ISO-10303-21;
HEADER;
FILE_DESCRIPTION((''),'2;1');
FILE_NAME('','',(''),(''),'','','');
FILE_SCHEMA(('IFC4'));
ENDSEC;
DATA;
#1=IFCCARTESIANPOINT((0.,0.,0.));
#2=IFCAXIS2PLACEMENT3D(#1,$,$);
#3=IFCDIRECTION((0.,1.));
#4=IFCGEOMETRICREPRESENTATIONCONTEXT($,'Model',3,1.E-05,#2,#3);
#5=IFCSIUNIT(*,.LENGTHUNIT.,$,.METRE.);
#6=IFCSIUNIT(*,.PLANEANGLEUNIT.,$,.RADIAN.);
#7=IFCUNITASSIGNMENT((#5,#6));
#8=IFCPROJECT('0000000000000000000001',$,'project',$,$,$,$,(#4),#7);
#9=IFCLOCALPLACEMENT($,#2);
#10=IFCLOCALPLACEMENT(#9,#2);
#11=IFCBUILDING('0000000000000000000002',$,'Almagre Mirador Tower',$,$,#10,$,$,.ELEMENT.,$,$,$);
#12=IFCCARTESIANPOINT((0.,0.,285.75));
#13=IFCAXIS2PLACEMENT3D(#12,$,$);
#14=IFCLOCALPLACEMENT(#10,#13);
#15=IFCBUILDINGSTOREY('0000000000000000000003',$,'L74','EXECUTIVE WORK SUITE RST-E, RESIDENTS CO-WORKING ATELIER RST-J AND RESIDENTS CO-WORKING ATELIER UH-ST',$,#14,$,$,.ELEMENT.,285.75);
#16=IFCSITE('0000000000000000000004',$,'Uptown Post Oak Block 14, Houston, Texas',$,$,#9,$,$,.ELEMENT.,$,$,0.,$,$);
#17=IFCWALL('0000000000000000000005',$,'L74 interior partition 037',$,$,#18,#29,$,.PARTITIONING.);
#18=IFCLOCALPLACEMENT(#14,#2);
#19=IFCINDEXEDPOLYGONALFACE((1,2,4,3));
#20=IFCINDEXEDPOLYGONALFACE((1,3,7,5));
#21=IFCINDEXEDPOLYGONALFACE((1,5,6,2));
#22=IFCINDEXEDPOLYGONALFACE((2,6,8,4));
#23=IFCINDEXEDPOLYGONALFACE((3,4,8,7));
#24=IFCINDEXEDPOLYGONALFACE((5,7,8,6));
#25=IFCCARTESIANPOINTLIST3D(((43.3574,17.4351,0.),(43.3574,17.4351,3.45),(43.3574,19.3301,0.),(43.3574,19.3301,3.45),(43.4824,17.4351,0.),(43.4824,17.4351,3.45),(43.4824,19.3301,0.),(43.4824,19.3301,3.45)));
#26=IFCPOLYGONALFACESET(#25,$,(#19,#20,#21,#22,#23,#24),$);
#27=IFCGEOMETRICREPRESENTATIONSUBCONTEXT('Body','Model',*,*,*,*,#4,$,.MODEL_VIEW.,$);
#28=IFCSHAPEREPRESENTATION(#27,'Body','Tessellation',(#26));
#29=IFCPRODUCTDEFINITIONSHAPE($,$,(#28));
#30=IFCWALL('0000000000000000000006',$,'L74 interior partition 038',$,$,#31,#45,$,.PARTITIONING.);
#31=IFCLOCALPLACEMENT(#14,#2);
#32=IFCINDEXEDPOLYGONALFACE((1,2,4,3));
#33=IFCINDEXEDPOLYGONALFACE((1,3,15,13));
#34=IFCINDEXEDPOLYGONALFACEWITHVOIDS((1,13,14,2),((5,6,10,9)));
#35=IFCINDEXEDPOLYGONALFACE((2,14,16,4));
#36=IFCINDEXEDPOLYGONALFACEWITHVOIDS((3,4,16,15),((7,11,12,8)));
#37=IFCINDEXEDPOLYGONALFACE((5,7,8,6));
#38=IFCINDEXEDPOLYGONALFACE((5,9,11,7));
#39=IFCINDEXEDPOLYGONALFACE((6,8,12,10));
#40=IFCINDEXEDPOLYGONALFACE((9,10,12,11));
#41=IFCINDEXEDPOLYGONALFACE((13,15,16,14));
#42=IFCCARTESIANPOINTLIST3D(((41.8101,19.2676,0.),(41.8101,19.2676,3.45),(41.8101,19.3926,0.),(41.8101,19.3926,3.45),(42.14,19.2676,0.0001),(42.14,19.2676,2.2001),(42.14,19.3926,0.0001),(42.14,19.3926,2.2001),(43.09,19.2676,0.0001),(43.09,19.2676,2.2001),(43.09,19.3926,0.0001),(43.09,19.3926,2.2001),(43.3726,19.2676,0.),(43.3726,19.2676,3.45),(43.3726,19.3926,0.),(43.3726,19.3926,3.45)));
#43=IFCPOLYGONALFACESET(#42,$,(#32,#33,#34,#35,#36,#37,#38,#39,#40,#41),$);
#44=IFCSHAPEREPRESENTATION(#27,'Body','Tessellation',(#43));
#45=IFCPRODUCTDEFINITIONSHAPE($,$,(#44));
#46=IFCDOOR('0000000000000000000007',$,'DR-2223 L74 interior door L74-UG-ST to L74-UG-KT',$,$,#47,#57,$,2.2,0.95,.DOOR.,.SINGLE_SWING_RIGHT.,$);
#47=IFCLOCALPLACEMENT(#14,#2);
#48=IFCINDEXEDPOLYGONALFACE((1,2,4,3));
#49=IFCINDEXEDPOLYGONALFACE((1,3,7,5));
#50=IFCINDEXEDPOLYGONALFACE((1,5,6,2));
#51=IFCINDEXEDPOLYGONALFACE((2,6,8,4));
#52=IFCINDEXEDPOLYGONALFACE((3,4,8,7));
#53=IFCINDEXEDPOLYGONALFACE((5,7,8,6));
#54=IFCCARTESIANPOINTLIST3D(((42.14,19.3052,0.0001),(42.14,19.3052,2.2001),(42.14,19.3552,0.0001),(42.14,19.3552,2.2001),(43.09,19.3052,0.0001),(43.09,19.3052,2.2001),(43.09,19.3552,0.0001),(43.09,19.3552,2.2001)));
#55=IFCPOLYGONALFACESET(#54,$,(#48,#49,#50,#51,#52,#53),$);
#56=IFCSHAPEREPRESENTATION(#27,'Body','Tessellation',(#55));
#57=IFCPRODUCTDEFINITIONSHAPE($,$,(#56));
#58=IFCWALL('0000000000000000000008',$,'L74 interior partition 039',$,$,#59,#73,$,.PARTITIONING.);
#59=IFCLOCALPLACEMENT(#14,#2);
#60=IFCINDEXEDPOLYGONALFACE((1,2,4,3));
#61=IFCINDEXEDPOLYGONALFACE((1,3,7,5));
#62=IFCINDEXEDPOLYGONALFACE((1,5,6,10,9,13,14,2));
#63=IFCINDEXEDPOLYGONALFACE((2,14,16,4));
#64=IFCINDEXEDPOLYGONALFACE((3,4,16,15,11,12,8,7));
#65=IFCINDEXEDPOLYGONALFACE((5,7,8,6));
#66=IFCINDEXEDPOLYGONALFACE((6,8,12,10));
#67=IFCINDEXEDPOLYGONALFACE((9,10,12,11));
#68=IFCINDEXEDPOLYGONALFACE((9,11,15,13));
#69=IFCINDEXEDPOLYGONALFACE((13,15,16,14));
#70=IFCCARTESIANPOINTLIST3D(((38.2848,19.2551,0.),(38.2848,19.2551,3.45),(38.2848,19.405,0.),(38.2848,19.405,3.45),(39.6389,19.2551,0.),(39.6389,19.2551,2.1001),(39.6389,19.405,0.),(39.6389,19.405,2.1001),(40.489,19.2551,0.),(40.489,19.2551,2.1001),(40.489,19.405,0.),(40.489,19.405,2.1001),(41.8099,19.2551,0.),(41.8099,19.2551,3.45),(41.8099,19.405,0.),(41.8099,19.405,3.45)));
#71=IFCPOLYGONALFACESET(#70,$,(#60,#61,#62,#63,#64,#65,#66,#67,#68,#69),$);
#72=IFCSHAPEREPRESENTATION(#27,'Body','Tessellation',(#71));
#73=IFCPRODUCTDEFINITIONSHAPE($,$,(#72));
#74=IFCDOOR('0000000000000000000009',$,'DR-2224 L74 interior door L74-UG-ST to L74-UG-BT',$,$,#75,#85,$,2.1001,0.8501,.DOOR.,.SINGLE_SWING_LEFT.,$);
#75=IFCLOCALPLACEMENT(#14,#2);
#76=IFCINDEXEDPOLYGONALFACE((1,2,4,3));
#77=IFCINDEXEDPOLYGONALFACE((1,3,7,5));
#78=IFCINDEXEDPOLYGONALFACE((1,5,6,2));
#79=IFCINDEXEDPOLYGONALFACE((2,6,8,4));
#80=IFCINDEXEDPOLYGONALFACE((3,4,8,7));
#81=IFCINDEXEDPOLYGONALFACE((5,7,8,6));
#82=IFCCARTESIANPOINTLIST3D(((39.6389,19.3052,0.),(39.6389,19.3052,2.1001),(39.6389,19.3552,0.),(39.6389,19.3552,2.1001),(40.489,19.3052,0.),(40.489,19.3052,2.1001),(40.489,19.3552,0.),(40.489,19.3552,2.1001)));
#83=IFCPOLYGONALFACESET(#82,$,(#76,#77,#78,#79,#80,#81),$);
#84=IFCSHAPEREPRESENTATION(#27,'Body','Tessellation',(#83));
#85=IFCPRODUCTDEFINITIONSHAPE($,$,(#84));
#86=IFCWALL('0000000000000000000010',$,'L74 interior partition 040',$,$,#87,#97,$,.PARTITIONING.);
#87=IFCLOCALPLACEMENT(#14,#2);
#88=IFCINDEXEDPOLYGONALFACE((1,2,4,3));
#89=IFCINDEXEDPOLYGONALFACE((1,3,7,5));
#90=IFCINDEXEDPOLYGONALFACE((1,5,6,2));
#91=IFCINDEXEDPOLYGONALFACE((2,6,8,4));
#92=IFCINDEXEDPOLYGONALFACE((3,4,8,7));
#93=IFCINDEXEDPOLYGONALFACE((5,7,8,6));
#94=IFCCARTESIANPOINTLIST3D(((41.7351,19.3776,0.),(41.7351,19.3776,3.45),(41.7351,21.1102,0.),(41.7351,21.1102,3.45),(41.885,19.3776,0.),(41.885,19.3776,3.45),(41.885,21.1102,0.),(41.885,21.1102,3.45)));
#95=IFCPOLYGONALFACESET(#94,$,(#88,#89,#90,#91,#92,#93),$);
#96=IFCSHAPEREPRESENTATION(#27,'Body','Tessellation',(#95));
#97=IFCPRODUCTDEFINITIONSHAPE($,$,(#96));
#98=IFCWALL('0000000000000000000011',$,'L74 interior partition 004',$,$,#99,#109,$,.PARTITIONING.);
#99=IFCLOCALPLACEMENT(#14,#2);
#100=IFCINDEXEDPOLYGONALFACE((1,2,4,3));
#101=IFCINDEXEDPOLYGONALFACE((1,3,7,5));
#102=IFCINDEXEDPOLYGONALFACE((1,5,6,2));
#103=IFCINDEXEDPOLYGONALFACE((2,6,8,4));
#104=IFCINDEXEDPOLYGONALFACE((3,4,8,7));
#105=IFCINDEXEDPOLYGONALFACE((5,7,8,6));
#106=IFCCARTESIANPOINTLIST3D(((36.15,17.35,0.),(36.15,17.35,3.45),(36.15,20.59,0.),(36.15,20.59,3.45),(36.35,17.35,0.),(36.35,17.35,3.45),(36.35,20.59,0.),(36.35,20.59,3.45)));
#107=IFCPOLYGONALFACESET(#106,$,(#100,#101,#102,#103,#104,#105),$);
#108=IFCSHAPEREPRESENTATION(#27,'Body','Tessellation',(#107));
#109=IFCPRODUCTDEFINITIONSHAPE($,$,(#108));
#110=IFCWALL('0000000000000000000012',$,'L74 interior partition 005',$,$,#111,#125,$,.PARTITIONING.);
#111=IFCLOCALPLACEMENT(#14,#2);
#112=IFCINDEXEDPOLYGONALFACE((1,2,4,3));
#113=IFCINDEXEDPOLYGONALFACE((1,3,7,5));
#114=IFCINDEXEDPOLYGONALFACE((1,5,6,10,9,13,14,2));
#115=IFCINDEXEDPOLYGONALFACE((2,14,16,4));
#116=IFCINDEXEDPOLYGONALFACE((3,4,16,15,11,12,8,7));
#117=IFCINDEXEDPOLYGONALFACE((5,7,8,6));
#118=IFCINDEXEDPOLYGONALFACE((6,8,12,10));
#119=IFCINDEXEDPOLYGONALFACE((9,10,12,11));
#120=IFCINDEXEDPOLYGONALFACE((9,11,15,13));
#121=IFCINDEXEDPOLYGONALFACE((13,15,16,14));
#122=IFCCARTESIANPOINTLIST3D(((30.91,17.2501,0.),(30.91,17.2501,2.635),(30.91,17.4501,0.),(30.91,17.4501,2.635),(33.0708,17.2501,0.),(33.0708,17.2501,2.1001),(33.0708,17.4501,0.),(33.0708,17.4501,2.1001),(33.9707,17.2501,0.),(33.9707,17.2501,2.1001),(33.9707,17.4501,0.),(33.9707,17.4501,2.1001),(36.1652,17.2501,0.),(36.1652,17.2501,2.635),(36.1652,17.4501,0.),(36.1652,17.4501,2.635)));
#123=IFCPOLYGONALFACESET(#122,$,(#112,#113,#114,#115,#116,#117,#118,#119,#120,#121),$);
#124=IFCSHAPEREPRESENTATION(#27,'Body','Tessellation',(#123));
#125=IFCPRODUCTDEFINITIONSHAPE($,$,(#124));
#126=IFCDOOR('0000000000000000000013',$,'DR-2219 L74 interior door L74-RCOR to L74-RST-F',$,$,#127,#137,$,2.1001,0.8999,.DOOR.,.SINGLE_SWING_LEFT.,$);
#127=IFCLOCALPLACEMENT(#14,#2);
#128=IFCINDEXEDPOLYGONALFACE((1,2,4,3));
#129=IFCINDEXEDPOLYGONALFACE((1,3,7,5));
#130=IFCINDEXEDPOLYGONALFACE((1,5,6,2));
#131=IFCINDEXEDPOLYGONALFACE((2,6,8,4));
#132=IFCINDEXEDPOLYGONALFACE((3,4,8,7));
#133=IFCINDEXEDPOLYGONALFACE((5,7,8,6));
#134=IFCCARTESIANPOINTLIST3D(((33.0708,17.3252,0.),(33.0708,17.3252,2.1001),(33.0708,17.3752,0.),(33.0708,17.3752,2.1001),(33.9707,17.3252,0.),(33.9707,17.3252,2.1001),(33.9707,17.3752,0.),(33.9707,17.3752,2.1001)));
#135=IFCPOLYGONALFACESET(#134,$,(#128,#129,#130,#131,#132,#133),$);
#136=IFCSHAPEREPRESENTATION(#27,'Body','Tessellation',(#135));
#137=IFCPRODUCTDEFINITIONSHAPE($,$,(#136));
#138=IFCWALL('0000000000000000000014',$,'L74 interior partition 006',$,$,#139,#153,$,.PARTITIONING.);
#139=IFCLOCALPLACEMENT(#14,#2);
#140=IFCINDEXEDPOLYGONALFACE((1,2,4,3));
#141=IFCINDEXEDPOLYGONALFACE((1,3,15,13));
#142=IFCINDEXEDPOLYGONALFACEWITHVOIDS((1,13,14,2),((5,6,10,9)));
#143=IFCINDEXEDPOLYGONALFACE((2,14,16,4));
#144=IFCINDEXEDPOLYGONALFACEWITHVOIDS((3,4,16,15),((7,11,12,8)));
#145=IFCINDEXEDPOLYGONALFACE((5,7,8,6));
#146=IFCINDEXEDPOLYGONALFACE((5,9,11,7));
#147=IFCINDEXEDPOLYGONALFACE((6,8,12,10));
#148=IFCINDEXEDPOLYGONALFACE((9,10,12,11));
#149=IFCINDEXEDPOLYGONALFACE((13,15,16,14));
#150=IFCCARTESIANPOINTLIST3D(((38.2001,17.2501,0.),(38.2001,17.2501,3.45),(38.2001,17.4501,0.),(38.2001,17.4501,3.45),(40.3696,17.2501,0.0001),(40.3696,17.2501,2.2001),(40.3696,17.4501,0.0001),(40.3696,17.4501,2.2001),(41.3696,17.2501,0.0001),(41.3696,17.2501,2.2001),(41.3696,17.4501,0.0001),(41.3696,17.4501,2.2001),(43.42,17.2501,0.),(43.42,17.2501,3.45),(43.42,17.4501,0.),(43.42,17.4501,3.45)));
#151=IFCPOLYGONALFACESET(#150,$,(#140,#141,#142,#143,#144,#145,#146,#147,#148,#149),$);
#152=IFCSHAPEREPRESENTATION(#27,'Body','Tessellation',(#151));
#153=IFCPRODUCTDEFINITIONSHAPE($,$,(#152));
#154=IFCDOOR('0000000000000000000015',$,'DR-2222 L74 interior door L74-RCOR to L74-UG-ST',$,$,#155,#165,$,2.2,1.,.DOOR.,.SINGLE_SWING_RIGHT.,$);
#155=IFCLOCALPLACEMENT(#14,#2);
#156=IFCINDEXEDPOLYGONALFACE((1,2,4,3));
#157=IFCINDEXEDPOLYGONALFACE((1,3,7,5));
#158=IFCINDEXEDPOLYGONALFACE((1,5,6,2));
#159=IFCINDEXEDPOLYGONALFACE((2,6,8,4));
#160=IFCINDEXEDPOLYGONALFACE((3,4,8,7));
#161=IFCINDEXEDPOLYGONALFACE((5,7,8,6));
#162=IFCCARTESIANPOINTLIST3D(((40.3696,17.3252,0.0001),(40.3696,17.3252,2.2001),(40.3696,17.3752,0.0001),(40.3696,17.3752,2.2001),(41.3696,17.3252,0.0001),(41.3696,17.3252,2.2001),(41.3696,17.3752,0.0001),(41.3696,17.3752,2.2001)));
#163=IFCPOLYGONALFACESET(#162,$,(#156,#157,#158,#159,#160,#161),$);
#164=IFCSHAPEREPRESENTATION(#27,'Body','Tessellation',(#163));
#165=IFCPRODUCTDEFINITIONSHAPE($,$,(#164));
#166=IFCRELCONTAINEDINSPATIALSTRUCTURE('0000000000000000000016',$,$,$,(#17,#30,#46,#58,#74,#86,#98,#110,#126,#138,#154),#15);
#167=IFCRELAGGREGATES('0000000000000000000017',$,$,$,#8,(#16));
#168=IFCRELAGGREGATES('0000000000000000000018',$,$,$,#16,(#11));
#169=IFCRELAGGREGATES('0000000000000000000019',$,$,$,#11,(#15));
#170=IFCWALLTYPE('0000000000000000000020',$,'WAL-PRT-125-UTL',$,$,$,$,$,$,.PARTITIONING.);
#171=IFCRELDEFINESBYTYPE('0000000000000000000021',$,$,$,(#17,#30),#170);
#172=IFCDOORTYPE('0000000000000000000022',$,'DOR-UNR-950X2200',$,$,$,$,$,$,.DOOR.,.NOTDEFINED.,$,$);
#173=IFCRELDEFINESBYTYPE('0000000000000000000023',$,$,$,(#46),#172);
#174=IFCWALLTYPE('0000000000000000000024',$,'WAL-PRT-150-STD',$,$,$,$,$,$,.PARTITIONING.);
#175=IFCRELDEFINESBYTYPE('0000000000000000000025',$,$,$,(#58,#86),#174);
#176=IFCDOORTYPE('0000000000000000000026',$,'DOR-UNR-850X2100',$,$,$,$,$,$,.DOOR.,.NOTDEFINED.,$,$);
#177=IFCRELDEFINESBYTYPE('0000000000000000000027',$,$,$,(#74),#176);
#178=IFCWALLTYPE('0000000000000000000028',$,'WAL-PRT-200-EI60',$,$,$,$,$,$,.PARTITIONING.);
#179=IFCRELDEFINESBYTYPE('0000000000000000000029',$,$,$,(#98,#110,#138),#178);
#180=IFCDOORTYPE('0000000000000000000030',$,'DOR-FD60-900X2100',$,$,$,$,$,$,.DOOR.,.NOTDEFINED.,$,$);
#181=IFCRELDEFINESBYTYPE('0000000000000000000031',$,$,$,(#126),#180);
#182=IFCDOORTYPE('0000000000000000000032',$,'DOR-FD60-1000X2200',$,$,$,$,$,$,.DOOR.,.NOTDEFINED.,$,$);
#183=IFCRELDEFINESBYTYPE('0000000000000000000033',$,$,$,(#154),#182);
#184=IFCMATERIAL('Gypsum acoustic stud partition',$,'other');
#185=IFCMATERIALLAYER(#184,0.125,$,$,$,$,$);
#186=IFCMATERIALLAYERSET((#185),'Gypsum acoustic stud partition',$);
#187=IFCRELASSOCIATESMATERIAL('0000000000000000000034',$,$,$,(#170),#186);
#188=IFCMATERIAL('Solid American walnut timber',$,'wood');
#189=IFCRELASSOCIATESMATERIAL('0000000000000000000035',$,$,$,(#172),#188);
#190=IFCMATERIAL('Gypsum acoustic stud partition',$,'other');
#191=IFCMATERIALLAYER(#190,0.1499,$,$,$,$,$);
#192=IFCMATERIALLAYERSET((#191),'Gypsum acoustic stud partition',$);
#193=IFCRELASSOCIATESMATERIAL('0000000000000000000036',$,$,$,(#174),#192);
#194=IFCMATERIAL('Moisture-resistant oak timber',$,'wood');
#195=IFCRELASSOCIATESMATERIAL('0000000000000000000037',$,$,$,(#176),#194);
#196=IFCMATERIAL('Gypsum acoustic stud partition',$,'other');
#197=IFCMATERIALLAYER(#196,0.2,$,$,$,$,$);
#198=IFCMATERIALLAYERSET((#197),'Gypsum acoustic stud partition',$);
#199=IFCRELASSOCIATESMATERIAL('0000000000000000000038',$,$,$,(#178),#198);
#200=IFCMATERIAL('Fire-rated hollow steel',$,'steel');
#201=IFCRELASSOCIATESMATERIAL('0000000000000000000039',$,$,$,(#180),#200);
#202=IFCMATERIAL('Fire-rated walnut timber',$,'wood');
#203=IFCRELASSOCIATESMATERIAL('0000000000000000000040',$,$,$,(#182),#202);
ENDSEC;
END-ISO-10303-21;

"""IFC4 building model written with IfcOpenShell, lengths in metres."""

from ifc_helpers import new_model, si_unit, direction, frame, frame_2d, origin, place, context, subcontext, project, spatial, rectangle, extrude, material, layer, layer_set, type_object, element, fill, save


model = new_model("IFC4")

# Units and contexts
model_context = context("Model", 3, precision=1e-05, world=origin(), true_north=direction((0.0, 1.0)))
body_context = subcontext(model_context, "Body", "Model", "MODEL_VIEW")
ifc_project = project(units=[si_unit("LENGTHUNIT", "METRE"), si_unit("PLANEANGLEUNIT", "RADIAN")], contexts=[model_context])

# Site, building, storey
site_placement = place(None, origin())
site = spatial("IfcSite", under=ifc_project, at=site_placement, Name="Uptown Post Oak Block 14, Houston, Texas", CompositionType="ELEMENT", RefElevation=0.0)
building_placement = place(site_placement, origin())
building = spatial("IfcBuilding", under=site, at=building_placement, Name="Almagre Mirador Tower", CompositionType="ELEMENT")
storey_placement = place(building_placement, frame((0.0, 0.0, 285.75)))
storey = spatial("IfcBuildingStorey", under=building, at=storey_placement, Name="L74", Description="EXECUTIVE WORK SUITE RST-E, RESIDENTS CO-WORKING ATELIER RST-J AND RESIDENTS CO-WORKING ATELIER UH-ST", CompositionType="ELEMENT", Elevation=285.75)

# Wall
ifc_material_1 = material(Name="Gypsum acoustic stud partition", Category="other")
ifc_layer_1 = layer(ifc_material_1, 0.125)
ifc_layer_set_1 = layer_set([ifc_layer_1], Name="Gypsum acoustic stud partition")
wall_type_1 = type_object("IfcWallType", Name="WAL-PRT-125-UTL", PredefinedType="PARTITIONING", material=ifc_layer_set_1)
wall_1_placement = place(storey_placement, frame((43.4199, 17.4351, 0.0), z_axis=(0.0, 0.0, 1.0), x_axis=(0.0, 1.0, 0.0)))
element("IfcWall", 1, at=wall_1_placement, inside=storey, type_object=wall_type_1, Name="L74 interior partition 037", PredefinedType="PARTITIONING", context=body_context, shape_type="SweptSolid", body=[
    extrude(rectangle(XDim=1.895, YDim=0.125, at=frame_2d((0.9475, 0.0))), origin(), (0.0, 0.0, 1.0), 3.45),
])

# Walls, openings, doors
wall_2_placement = place(storey_placement, frame((43.3726, 19.3301, 0.0), z_axis=(0.0, 0.0, 1.0), x_axis=(-1.0, 0.0, 0.0)))
wall_2 = element("IfcWall", 2, at=wall_2_placement, inside=storey, type_object=wall_type_1, Name="L74 interior partition 038", PredefinedType="PARTITIONING", context=body_context, shape_type="SweptSolid", body=[
    extrude(rectangle(XDim=1.5625, YDim=0.125, at=frame_2d((0.7812, 0.0))), origin(), (0.0, 0.0, 1.0), 3.45),
])
opening_1_placement = place(wall_2_placement, frame((0.2825, 0.0, 0.0)))
opening_1 = element("IfcOpeningElement", 3, at=opening_1_placement, cuts=wall_2, PredefinedType="OPENING", context=body_context, shape_type="SweptSolid", body=[
    extrude(rectangle(XDim=0.95, YDim=2.2, at=frame_2d((0.4751, 1.1001))), frame((0.0, 0.0725, 0.0), z_axis=(0.0, -1.0, 0.0), x_axis=(1.0, 0.0, 0.0)), (0.0, 0.0, 1.0), 0.145),
])
ifc_material_2 = material(Name="Solid American walnut timber", Category="wood")
door_type_1 = type_object("IfcDoorType", Name="DOR-UNR-950X2200", OperationType="NOTDEFINED", PredefinedType="DOOR", material=ifc_material_2)
door_1_placement = place(opening_1_placement, origin())
door_1 = element("IfcDoor", 4, at=door_1_placement, inside=storey, type_object=door_type_1, Name="DR-2223 L74 interior door L74-UG-ST to L74-UG-KT", OperationType="SINGLE_SWING_RIGHT", OverallHeight=2.2, OverallWidth=0.95, PredefinedType="DOOR", context=body_context, shape_type="SweptSolid", body=[
    extrude(rectangle(XDim=0.95, YDim=2.2, at=frame_2d((0.4751, 1.1001))), frame((0.0, 0.0249, 0.0), z_axis=(0.0, -1.0, 0.0), x_axis=(1.0, 0.0, 0.0)), (0.0, 0.0, 1.0), 0.05),
])
fill(opening_1, door_1)
ifc_material_3 = material(Name="Gypsum acoustic stud partition", Category="other")
ifc_layer_2 = layer(ifc_material_3, 0.1499)
ifc_layer_set_2 = layer_set([ifc_layer_2], Name="Gypsum acoustic stud partition")
wall_type_2 = type_object("IfcWallType", Name="WAL-PRT-150-STD", PredefinedType="PARTITIONING", material=ifc_layer_set_2)
wall_3_placement = place(storey_placement, frame((41.8101, 19.3301, 0.0), z_axis=(0.0, 0.0, 1.0), x_axis=(-1.0, 0.0, 0.0)))
wall_3 = element("IfcWall", 5, at=wall_3_placement, inside=storey, type_object=wall_type_2, Name="L74 interior partition 039", PredefinedType="PARTITIONING", context=body_context, shape_type="SweptSolid", body=[
    extrude(rectangle(XDim=3.5251, YDim=0.1499, at=frame_2d((1.7627, 0.0))), origin(), (0.0, 0.0, 1.0), 3.45),
])
opening_2_placement = place(wall_3_placement, frame((1.321, 0.0, 0.0)))
opening_2 = element("IfcOpeningElement", 6, at=opening_2_placement, cuts=wall_3, PredefinedType="OPENING", context=body_context, shape_type="SweptSolid", body=[
    extrude(rectangle(XDim=0.8501, YDim=2.1001, at=frame_2d((0.425, 1.05))), frame((0.0, 0.085, 0.0), z_axis=(0.0, -1.0, 0.0), x_axis=(1.0, 0.0, 0.0)), (0.0, 0.0, 1.0), 0.1699),
])
ifc_material_4 = material(Name="Moisture-resistant oak timber", Category="wood")
door_type_2 = type_object("IfcDoorType", Name="DOR-UNR-850X2100", OperationType="NOTDEFINED", PredefinedType="DOOR", material=ifc_material_4)
door_2_placement = place(opening_2_placement, origin())
door_2 = element("IfcDoor", 7, at=door_2_placement, inside=storey, type_object=door_type_2, Name="DR-2224 L74 interior door L74-UG-ST to L74-UG-BT", OperationType="SINGLE_SWING_LEFT", OverallHeight=2.1001, OverallWidth=0.8501, PredefinedType="DOOR", context=body_context, shape_type="SweptSolid", body=[
    extrude(rectangle(XDim=0.8501, YDim=2.1001, at=frame_2d((0.425, 1.05))), frame((0.0, 0.0249, 0.0), z_axis=(0.0, -1.0, 0.0), x_axis=(1.0, 0.0, 0.0)), (0.0, 0.0, 1.0), 0.05),
])
fill(opening_2, door_2)

# Walls
wall_4_placement = place(storey_placement, frame((41.8101, 21.1101, 0.0), z_axis=(0.0, 0.0, 1.0), x_axis=(0.0, -1.0, 0.0)))
element("IfcWall", 8, at=wall_4_placement, inside=storey, type_object=wall_type_2, Name="L74 interior partition 040", PredefinedType="PARTITIONING", context=body_context, shape_type="SweptSolid", body=[
    extrude(rectangle(XDim=1.7327, YDim=0.1499, at=frame_2d((0.8662, 0.0))), origin(), (0.0, 0.0, 1.0), 3.45),
])
ifc_material_5 = material(Name="Gypsum acoustic stud partition", Category="other")
ifc_layer_3 = layer(ifc_material_5, 0.2)
ifc_layer_set_3 = layer_set([ifc_layer_3], Name="Gypsum acoustic stud partition")
wall_type_3 = type_object("IfcWallType", Name="WAL-PRT-200-EI60", PredefinedType="PARTITIONING", material=ifc_layer_set_3)
wall_5_placement = place(storey_placement, frame((36.25, 20.5901, 0.0), z_axis=(0.0, 0.0, 1.0), x_axis=(0.0, -1.0, 0.0)))
element("IfcWall", 9, at=wall_5_placement, inside=storey, type_object=wall_type_3, Name="L74 interior partition 004", PredefinedType="PARTITIONING", context=body_context, shape_type="SweptSolid", body=[
    extrude(rectangle(XDim=3.24, YDim=0.2, at=frame_2d((1.6201, 0.0))), origin(), (0.0, 0.0, 1.0), 3.45),
])

# Walls, openings, doors
wall_6_placement = place(storey_placement, frame((36.165, 17.3501, 0.0), z_axis=(0.0, 0.0, 1.0), x_axis=(-1.0, 0.0, 0.0)))
wall_6 = element("IfcWall", 10, at=wall_6_placement, inside=storey, type_object=wall_type_3, Name="L74 interior partition 005", PredefinedType="PARTITIONING", context=body_context, shape_type="SweptSolid", body=[
    extrude(rectangle(XDim=5.2551, YDim=0.2, at=frame_2d((2.6274, 0.0))), origin(), (0.0, 0.0, 1.0), 2.635),
])
opening_3_placement = place(wall_6_placement, frame((2.1943, 0.0, 0.0)))
opening_3 = element("IfcOpeningElement", 11, at=opening_3_placement, cuts=wall_6, PredefinedType="OPENING", context=body_context, shape_type="SweptSolid", body=[
    extrude(rectangle(XDim=0.8999, YDim=2.1001, at=frame_2d((0.45, 1.05))), frame((0.0, 0.1101, 0.0), z_axis=(0.0, -1.0, 0.0), x_axis=(1.0, 0.0, 0.0)), (0.0, 0.0, 1.0), 0.22),
])
ifc_material_6 = material(Name="Fire-rated hollow steel", Category="steel")
door_type_3 = type_object("IfcDoorType", Name="DOR-FD60-900X2100", OperationType="NOTDEFINED", PredefinedType="DOOR", material=ifc_material_6)
door_3_placement = place(opening_3_placement, origin())
door_3 = element("IfcDoor", 12, at=door_3_placement, inside=storey, type_object=door_type_3, Name="DR-2219 L74 interior door L74-RCOR to L74-RST-F", OperationType="SINGLE_SWING_LEFT", OverallHeight=2.1001, OverallWidth=0.8999, PredefinedType="DOOR", context=body_context, shape_type="SweptSolid", body=[
    extrude(rectangle(XDim=0.8999, YDim=2.1001, at=frame_2d((0.45, 1.05))), frame((0.0, 0.0249, 0.0), z_axis=(0.0, -1.0, 0.0), x_axis=(1.0, 0.0, 0.0)), (0.0, 0.0, 1.0), 0.05),
])
fill(opening_3, door_3)
wall_7_placement = place(storey_placement, frame((43.4199, 17.3501, 0.0), z_axis=(0.0, 0.0, 1.0), x_axis=(-1.0, 0.0, 0.0)))
wall_7 = element("IfcWall", 13, at=wall_7_placement, inside=storey, type_object=wall_type_3, Name="L74 interior partition 006", PredefinedType="PARTITIONING", context=body_context, shape_type="SweptSolid", body=[
    extrude(rectangle(XDim=5.22, YDim=0.2, at=frame_2d((2.6099, 0.0))), origin(), (0.0, 0.0, 1.0), 3.45),
])
opening_4_placement = place(wall_7_placement, frame((2.0503, 0.0, 0.0)))
opening_4 = element("IfcOpeningElement", 14, at=opening_4_placement, cuts=wall_7, PredefinedType="OPENING", context=body_context, shape_type="SweptSolid", body=[
    extrude(rectangle(XDim=1.0, YDim=2.2, at=frame_2d((0.5, 1.1001))), frame((0.0, 0.1101, 0.0), z_axis=(0.0, -1.0, 0.0), x_axis=(1.0, 0.0, 0.0)), (0.0, 0.0, 1.0), 0.22),
])
ifc_material_7 = material(Name="Fire-rated walnut timber", Category="wood")
door_type_4 = type_object("IfcDoorType", Name="DOR-FD60-1000X2200", OperationType="NOTDEFINED", PredefinedType="DOOR", material=ifc_material_7)
door_4_placement = place(opening_4_placement, origin())
door_4 = element("IfcDoor", 15, at=door_4_placement, inside=storey, type_object=door_type_4, Name="DR-2222 L74 interior door L74-RCOR to L74-UG-ST", OperationType="SINGLE_SWING_RIGHT", OverallHeight=2.2, OverallWidth=1.0, PredefinedType="DOOR", context=body_context, shape_type="SweptSolid", body=[
    extrude(rectangle(XDim=1.0, YDim=2.2, at=frame_2d((0.5, 1.1001))), frame((0.0, 0.0249, 0.0), z_axis=(0.0, -1.0, 0.0), x_axis=(1.0, 0.0, 0.0)), (0.0, 0.0, 1.0), 0.05),
])
fill(opening_4, door_4)

save(model, "model.ifc")
